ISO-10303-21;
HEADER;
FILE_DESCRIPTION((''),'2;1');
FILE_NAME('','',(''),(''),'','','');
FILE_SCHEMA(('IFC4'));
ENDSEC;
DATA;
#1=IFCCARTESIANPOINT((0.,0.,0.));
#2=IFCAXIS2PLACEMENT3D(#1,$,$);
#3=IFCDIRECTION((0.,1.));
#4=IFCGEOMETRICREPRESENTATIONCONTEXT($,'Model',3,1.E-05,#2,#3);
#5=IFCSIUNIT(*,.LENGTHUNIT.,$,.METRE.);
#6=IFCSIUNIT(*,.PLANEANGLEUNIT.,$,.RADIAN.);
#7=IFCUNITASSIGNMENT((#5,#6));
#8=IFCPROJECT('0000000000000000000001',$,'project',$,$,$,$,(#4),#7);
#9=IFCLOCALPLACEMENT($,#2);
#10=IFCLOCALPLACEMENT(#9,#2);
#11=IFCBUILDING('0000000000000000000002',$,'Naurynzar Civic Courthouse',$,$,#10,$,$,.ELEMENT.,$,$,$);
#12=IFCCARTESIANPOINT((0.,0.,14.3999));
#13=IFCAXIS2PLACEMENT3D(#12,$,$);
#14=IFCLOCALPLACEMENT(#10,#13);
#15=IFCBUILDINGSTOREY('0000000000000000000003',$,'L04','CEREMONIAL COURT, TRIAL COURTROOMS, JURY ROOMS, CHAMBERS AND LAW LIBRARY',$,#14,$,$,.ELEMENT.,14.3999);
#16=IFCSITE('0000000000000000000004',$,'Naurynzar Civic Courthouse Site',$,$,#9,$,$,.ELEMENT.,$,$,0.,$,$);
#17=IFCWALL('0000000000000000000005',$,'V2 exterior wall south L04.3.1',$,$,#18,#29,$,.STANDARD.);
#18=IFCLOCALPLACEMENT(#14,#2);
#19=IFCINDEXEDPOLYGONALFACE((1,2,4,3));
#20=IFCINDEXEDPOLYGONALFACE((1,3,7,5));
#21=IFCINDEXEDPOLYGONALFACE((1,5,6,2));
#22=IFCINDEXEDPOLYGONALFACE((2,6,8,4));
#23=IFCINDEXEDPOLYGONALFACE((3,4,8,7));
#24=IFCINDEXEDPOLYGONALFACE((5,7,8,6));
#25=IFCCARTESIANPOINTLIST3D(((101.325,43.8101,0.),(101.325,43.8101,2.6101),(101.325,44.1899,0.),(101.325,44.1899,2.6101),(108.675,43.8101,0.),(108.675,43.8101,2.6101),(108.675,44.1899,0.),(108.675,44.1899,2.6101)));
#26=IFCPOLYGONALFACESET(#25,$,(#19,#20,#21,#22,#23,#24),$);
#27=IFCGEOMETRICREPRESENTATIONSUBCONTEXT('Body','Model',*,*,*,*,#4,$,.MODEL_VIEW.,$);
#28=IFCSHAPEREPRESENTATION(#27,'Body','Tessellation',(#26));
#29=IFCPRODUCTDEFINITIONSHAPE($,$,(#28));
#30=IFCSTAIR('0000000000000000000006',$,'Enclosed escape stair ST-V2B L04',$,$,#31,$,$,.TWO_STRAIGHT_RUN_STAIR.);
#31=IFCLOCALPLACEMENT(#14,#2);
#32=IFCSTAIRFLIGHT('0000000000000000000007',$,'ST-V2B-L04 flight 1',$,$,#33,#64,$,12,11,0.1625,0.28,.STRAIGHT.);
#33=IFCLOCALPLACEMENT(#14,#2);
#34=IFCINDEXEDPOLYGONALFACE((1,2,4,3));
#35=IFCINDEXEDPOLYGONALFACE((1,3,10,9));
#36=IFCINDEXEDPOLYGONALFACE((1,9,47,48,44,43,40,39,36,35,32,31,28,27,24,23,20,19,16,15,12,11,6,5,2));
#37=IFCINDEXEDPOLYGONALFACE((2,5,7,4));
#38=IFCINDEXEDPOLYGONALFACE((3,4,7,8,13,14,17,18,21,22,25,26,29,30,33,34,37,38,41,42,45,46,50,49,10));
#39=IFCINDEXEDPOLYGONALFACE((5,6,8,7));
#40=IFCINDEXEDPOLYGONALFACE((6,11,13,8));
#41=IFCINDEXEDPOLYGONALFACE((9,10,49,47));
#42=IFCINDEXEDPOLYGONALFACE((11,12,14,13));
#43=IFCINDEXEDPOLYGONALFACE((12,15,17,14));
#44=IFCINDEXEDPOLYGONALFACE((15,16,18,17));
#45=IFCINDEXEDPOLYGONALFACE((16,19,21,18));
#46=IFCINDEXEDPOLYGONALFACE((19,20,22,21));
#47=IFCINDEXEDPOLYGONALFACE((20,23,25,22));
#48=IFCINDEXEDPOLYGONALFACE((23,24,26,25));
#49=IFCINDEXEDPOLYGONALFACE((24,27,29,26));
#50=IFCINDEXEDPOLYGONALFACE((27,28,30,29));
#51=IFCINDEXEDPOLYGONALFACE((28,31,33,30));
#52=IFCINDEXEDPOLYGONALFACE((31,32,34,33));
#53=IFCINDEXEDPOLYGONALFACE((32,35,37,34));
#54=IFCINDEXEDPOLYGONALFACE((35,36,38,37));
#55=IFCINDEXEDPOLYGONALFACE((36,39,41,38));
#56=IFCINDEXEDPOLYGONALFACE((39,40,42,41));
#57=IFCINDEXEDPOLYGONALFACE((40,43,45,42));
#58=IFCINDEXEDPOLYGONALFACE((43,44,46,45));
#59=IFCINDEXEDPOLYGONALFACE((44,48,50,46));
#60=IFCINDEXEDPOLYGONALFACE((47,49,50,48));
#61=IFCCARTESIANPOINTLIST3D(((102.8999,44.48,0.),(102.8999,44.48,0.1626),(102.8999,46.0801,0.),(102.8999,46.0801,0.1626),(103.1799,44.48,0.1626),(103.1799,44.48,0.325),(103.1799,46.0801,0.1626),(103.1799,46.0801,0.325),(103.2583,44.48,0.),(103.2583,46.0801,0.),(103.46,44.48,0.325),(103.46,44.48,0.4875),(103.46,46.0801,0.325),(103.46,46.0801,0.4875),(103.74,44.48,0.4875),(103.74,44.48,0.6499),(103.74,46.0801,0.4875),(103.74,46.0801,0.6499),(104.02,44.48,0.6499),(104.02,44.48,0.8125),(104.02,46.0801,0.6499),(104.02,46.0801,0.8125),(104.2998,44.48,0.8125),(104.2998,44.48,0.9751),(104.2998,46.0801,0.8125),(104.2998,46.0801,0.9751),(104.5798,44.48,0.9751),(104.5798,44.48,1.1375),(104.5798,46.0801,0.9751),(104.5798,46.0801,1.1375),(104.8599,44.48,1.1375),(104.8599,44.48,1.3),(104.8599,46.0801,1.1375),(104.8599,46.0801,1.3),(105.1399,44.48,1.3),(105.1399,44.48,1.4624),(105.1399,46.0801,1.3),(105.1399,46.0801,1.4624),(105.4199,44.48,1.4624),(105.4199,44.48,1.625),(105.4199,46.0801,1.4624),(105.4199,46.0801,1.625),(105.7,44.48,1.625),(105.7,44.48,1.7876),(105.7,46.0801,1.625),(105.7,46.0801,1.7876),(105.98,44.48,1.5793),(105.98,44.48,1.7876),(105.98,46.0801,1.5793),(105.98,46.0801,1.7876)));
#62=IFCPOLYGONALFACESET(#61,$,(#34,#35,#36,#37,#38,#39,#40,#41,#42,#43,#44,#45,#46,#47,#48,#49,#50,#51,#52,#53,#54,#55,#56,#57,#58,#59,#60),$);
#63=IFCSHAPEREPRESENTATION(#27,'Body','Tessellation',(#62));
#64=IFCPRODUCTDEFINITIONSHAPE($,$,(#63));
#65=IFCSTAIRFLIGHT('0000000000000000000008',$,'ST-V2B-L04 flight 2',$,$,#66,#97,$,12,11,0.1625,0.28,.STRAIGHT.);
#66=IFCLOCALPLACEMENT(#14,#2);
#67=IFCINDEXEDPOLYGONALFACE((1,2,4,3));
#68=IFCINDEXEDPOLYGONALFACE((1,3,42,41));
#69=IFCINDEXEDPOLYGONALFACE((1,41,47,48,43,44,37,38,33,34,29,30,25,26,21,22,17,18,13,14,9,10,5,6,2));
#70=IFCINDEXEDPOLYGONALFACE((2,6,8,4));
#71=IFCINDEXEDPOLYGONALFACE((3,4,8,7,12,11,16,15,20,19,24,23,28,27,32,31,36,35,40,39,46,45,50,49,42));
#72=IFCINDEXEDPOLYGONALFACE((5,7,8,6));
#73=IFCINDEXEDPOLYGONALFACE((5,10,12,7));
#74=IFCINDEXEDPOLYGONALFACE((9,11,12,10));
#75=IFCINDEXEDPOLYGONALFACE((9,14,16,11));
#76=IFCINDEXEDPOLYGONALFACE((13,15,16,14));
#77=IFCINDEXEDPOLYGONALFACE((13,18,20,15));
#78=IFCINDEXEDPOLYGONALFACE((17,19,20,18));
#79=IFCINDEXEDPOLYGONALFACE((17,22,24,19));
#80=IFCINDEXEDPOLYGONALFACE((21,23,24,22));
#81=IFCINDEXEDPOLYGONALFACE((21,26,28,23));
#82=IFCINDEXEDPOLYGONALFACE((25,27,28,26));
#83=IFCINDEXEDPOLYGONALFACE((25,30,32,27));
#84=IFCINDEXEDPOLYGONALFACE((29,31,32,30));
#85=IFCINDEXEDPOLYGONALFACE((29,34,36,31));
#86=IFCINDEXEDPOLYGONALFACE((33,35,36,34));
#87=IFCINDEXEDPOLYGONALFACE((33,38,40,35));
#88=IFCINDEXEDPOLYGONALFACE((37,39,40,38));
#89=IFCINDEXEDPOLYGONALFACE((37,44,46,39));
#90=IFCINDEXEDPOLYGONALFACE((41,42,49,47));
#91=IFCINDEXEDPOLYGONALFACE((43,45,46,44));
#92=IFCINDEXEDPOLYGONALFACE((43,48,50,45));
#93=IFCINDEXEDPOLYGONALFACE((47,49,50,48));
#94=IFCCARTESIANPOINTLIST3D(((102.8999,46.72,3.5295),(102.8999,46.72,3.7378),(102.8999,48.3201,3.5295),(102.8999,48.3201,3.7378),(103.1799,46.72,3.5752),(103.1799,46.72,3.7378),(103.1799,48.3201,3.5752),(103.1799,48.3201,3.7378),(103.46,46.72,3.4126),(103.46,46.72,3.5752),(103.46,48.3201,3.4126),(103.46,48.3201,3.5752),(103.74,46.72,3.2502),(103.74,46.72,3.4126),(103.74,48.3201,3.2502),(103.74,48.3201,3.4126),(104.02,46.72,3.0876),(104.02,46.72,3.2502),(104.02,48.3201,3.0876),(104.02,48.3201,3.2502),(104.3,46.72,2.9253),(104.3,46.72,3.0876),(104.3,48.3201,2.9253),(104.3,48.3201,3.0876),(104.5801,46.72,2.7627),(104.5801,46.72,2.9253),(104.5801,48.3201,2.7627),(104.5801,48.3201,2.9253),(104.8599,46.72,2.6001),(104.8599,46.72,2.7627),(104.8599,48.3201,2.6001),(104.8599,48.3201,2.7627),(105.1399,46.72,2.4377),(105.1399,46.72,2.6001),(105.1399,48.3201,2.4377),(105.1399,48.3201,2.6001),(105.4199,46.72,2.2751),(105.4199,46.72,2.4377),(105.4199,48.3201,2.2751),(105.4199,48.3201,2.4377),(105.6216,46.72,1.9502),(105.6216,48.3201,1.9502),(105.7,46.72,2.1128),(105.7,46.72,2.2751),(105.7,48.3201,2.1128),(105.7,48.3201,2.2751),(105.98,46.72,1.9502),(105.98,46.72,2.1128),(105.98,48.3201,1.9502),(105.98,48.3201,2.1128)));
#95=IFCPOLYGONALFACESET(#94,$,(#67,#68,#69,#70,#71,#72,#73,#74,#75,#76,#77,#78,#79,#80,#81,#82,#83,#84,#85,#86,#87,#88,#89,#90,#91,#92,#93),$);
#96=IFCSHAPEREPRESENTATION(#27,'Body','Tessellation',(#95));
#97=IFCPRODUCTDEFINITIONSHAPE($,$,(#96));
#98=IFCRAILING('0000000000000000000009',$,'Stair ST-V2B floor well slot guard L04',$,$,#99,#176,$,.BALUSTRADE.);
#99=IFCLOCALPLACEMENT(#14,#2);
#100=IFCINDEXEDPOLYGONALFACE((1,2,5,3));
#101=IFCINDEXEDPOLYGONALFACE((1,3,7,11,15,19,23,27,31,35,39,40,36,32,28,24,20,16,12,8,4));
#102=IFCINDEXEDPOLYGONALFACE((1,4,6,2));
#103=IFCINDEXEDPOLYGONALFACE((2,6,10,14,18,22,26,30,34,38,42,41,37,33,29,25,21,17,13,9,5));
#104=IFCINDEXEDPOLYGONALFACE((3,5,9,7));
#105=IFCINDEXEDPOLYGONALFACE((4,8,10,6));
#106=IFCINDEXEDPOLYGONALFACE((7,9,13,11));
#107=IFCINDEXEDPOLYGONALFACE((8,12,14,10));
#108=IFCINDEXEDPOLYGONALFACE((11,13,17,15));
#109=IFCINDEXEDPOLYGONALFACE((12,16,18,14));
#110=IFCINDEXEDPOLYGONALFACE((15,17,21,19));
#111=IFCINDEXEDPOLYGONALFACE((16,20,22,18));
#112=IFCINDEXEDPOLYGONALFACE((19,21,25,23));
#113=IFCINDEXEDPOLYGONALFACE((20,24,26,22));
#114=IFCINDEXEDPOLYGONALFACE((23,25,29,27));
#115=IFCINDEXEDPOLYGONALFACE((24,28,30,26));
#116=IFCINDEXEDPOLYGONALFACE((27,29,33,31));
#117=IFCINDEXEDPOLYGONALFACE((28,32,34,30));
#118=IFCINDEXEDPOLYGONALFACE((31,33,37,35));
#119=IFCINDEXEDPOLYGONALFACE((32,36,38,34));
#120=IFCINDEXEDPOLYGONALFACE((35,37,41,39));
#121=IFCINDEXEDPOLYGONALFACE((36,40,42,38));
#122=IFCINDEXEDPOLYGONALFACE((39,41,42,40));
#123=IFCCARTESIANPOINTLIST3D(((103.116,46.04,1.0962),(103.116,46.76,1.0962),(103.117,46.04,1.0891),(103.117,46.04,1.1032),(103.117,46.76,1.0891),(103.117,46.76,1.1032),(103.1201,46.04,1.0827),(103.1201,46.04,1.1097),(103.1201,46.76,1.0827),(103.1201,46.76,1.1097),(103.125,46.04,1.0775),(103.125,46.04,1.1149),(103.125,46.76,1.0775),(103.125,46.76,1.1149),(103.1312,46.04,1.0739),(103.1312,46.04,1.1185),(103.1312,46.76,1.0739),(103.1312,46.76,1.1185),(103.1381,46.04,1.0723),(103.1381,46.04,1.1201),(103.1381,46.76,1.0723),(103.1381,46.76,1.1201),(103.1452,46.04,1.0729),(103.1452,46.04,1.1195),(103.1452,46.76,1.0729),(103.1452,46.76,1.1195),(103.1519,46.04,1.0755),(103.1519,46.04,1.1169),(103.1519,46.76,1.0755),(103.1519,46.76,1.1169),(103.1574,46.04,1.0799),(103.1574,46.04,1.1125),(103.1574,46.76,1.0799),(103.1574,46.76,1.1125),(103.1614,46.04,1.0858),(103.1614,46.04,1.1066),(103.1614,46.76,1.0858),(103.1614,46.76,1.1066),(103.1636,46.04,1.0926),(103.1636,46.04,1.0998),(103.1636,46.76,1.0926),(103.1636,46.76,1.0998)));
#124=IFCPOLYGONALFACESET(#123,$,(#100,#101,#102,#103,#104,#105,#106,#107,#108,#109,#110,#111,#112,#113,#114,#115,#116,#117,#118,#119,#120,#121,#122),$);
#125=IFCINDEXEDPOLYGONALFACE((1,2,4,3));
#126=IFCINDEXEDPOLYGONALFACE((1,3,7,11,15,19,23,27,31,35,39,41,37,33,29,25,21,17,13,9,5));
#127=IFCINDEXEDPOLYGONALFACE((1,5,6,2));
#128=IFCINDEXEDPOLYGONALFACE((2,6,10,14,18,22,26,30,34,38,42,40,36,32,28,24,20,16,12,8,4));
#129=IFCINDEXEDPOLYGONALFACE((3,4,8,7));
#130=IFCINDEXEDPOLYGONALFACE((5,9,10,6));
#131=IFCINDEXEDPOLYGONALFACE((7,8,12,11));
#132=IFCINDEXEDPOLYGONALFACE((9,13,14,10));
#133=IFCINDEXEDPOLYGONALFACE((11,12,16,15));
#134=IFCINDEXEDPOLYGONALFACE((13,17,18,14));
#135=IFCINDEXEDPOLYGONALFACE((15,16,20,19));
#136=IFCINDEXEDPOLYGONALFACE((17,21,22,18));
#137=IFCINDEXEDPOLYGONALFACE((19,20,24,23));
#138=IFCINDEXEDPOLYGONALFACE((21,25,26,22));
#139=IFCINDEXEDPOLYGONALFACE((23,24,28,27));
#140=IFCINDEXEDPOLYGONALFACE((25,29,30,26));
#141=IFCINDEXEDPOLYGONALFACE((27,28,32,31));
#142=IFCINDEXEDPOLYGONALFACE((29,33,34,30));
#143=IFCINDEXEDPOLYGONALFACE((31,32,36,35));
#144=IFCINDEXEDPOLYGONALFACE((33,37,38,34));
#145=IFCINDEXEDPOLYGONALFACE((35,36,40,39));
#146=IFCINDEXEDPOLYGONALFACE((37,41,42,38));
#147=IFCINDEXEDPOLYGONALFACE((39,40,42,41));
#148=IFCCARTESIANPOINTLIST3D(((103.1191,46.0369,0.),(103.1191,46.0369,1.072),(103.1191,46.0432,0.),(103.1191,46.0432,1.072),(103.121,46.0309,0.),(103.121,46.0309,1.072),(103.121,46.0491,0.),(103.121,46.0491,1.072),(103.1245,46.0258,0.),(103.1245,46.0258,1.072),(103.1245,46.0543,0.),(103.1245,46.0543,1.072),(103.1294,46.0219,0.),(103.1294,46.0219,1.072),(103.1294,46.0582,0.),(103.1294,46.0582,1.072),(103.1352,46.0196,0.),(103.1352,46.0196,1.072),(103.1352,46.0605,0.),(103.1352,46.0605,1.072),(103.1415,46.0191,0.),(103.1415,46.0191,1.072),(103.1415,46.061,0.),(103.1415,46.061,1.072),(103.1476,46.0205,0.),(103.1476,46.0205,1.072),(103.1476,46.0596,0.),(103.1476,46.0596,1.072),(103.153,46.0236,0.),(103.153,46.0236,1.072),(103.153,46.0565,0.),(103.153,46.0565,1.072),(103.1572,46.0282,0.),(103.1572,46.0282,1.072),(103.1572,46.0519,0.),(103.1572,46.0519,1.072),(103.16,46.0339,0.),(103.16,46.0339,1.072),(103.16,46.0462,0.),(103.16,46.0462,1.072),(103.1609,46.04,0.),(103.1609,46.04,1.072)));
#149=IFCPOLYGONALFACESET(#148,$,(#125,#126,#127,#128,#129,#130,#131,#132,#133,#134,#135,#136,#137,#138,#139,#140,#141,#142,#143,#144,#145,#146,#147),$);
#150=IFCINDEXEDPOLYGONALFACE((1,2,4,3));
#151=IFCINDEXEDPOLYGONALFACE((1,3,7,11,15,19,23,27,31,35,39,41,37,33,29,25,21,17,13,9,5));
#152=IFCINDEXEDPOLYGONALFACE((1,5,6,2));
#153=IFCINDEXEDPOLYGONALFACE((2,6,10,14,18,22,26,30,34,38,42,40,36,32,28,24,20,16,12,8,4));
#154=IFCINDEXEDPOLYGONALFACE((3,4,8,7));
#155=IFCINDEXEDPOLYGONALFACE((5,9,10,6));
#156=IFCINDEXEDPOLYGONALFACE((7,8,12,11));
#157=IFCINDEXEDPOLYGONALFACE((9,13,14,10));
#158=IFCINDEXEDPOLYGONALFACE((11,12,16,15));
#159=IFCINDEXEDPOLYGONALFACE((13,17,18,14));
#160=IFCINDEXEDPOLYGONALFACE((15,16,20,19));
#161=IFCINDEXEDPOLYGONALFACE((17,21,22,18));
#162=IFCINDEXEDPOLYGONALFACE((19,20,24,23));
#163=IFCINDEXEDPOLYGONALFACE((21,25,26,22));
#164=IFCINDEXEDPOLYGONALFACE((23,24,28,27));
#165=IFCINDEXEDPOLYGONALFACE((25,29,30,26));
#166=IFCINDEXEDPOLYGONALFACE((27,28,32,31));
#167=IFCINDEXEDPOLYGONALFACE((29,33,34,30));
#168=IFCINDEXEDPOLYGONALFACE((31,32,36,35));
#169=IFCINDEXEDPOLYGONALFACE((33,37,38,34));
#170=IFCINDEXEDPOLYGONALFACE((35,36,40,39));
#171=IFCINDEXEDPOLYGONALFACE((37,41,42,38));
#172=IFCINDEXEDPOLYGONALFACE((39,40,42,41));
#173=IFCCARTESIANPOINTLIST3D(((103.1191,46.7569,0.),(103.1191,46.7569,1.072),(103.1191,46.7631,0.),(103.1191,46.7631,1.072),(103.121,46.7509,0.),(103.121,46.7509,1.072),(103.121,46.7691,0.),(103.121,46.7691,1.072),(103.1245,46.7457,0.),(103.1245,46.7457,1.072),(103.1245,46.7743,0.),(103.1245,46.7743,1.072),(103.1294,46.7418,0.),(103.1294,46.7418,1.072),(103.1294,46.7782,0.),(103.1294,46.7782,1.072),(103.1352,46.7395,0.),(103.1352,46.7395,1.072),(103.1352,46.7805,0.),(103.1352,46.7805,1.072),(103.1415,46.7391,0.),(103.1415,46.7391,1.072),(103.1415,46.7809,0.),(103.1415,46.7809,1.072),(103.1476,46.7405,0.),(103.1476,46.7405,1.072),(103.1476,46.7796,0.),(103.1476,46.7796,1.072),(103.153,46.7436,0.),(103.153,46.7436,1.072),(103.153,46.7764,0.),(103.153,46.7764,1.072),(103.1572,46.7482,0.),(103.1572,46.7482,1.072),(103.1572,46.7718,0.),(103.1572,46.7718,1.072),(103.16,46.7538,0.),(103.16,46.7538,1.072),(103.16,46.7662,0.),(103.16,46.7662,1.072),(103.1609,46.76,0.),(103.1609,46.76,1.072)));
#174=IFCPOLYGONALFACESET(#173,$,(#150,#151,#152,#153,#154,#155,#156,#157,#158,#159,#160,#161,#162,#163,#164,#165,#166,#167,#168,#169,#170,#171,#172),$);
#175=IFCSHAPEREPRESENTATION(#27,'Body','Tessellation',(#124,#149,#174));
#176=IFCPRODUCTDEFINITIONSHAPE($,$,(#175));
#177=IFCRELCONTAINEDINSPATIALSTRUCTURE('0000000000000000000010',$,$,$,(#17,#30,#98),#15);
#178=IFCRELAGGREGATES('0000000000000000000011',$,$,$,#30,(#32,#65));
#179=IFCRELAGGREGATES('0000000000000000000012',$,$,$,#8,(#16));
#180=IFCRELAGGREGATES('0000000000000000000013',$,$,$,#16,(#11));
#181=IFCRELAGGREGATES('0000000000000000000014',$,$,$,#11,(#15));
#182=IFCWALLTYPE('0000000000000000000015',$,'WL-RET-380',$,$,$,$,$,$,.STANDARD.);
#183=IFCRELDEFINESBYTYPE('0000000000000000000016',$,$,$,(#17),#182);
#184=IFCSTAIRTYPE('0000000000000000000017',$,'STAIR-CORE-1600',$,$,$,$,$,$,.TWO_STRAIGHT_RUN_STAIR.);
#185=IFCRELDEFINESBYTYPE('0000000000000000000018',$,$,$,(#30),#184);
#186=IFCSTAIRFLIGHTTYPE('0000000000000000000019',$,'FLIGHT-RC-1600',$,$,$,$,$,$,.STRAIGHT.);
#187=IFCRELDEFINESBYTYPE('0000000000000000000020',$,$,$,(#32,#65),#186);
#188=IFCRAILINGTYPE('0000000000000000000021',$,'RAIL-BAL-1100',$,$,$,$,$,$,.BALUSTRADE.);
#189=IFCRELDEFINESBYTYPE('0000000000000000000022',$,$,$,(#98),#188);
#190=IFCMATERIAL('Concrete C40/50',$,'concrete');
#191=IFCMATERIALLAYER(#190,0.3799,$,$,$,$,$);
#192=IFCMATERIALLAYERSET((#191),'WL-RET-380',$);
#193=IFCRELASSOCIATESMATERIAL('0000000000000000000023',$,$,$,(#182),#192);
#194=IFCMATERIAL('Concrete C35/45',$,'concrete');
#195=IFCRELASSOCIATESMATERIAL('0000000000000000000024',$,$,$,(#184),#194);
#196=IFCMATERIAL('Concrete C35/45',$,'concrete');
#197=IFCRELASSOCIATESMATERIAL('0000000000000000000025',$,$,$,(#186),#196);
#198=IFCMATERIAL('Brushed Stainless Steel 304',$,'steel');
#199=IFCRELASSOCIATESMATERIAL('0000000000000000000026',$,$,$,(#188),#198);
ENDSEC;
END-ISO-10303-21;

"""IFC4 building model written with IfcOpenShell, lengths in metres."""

from ifc_helpers import new_model, si_unit, direction, frame, frame_2d, origin, origin_2d, place, context, subcontext, project, spatial, polyline, rectangle, circle, outline, extrude, material, layer, layer_set, type_object, element, aggregate, save


model = new_model("IFC4")

# Units and contexts
model_context = context("Model", 3, precision=1e-05, world=origin(), true_north=direction((0.0, 1.0)))
body_context = subcontext(model_context, "Body", "Model", "MODEL_VIEW")
ifc_project = project(units=[si_unit("LENGTHUNIT", "METRE"), si_unit("PLANEANGLEUNIT", "RADIAN")], contexts=[model_context])

# Site, building, storey
site_placement = place(None, origin())
site = spatial("IfcSite", under=ifc_project, at=site_placement, Name="Naurynzar Civic Courthouse Site", CompositionType="ELEMENT", RefElevation=0.0)
building_placement = place(site_placement, origin())
building = spatial("IfcBuilding", under=site, at=building_placement, Name="Naurynzar Civic Courthouse", CompositionType="ELEMENT")
storey_placement = place(building_placement, frame((0.0, 0.0, 14.3999)))
storey = spatial("IfcBuildingStorey", under=building, at=storey_placement, Name="L04", Description="CEREMONIAL COURT, TRIAL COURTROOMS, JURY ROOMS, CHAMBERS AND LAW LIBRARY", CompositionType="ELEMENT", Elevation=14.3999)

# Wall
ifc_material_1 = material(Name="Concrete C40/50", Category="concrete")
ifc_layer_1 = layer(ifc_material_1, 0.3799)
ifc_layer_set_1 = layer_set([ifc_layer_1], Name="WL-RET-380")
wall_type_1 = type_object("IfcWallType", Name="WL-RET-380", PredefinedType="STANDARD", material=ifc_layer_set_1)
wall_1_placement = place(storey_placement, frame((108.675, 44.0, 0.0), z_axis=(0.0, 0.0, 1.0), x_axis=(-1.0, 0.0, 0.0)))
element("IfcWall", 1, at=wall_1_placement, inside=storey, type_object=wall_type_1, Name="V2 exterior wall south L04.3.1", PredefinedType="STANDARD", context=body_context, shape_type="SweptSolid", body=[
    extrude(rectangle(XDim=7.3501, YDim=0.3799, at=frame_2d((3.675, 0.0))), origin(), (0.0, 0.0, 1.0), 2.6101),
])

# Stair, stair flights
ifc_material_2 = material(Name="Concrete C35/45", Category="concrete")
stair_type = type_object("IfcStairType", Name="STAIR-CORE-1600", PredefinedType="TWO_STRAIGHT_RUN_STAIR", material=ifc_material_2)
stair_placement = place(storey_placement, origin())
stair = element("IfcStair", 2, at=stair_placement, inside=storey, type_object=stair_type, Name="Enclosed escape stair ST-V2B L04", PredefinedType="TWO_STRAIGHT_RUN_STAIR")
ifc_material_3 = material(Name="Concrete C35/45", Category="concrete")
stair_flight_type = type_object("IfcStairFlightType", Name="FLIGHT-RC-1600", PredefinedType="STRAIGHT", material=ifc_material_3)
stair_flight_1_placement = place(storey_placement, frame((102.8999, 45.28, 0.0), z_axis=(0.0, 0.0, 1.0), x_axis=(1.0, 0.0, 0.0)))
stair_flight_1 = element("IfcStairFlight", 3, at=stair_flight_1_placement, type_object=stair_flight_type, Name="ST-V2B-L04 flight 1", NumberOfRisers=12, NumberOfTreads=11, PredefinedType="STRAIGHT", RiserHeight=0.1625, TreadLength=0.28, context=body_context, shape_type="SweptSolid", body=[
    extrude(outline(polyline([(0.0, 0.0), (0.0, 0.1626), (0.28, 0.1626), (0.28, 0.325), (0.5601, 0.325), (0.5601, 0.4875), (0.8401, 0.4875), (0.8401, 0.6499), (1.1201, 0.6499), (1.1201, 0.8125), (1.3999, 0.8125), (1.3999, 0.9751), (1.6799, 0.9751), (1.6799, 1.1375), (1.96, 1.1375), (1.96, 1.3), (2.24, 1.3), (2.24, 1.4624), (2.52, 1.4624), (2.52, 1.625), (2.8, 1.625), (2.8, 1.7876), (3.0801, 1.7876), (3.0801, 1.95), (3.0801, 1.5793), (0.3584, 0.0), (0.0, 0.0)])), frame((0.0, 0.8, 0.0), z_axis=(0.0, -1.0, 0.0), x_axis=(1.0, 0.0, 0.0)), (0.0, 0.0, 1.0), 1.6001),
])
stair_flight_2_placement = place(storey_placement, frame((105.98, 47.52, 1.9502), z_axis=(0.0, 0.0, 1.0), x_axis=(-1.0, 0.0, 0.0)))
stair_flight_2 = element("IfcStairFlight", 4, at=stair_flight_2_placement, type_object=stair_flight_type, Name="ST-V2B-L04 flight 2", NumberOfRisers=12, NumberOfTreads=11, PredefinedType="STRAIGHT", RiserHeight=0.1625, TreadLength=0.28, context=body_context, shape_type="SweptSolid", body=[
    extrude(outline(polyline([(0.0, 0.0), (0.0, 0.1626), (0.28, 0.1626), (0.28, 0.325), (0.5601, 0.325), (0.5601, 0.4875), (0.8401, 0.4875), (0.8401, 0.6499), (1.1201, 0.6499), (1.1201, 0.8125), (1.3999, 0.8125), (1.3999, 0.9751), (1.6799, 0.9751), (1.6799, 1.1375), (1.96, 1.1375), (1.96, 1.3), (2.24, 1.3), (2.24, 1.4624), (2.52, 1.4624), (2.52, 1.625), (2.8, 1.625), (2.8, 1.7876), (3.0801, 1.7876), (3.0801, 1.95), (3.0801, 1.5793), (0.3584, 0.0), (0.0, 0.0)])), frame((0.0, 0.8, 0.0), z_axis=(0.0, -1.0, 0.0), x_axis=(1.0, 0.0, 0.0)), (0.0, 0.0, 1.0), 1.6001),
])
aggregate(stair, [stair_flight_1, stair_flight_2])

# Railing
ifc_material_4 = material(Name="Brushed Stainless Steel 304", Category="steel")
railing_type_1 = type_object("IfcRailingType", Name="RAIL-BAL-1100", PredefinedType="BALUSTRADE", material=ifc_material_4)
for number, where, name in (
    (5, (103.1399, 46.04, 0.0), "Stair ST-V2B floor well slot guard L04"),
):
    element("IfcRailing", number, at=place(storey_placement, frame(where)), inside=storey, type_object=railing_type_1, Name=name, PredefinedType="BALUSTRADE", context=body_context, shape_type="SweptSolid", body=[
        extrude(circle(Radius=0.0239, at=origin_2d()), frame((0.0, 0.0, 1.0962), z_axis=(0.0, 1.0, 0.0), x_axis=(-1.0, 0.0, 0.0)), (0.0, 0.0, 1.0), 0.72),
        extrude(circle(Radius=0.021, at=origin_2d()), origin(), (0.0, 0.0, 1.0), 1.072),
        extrude(circle(Radius=0.021, at=origin_2d()), frame((0.0, 0.72, 0.0)), (0.0, 0.0, 1.0), 1.072),
    ])

save(model, "model.ifc")
